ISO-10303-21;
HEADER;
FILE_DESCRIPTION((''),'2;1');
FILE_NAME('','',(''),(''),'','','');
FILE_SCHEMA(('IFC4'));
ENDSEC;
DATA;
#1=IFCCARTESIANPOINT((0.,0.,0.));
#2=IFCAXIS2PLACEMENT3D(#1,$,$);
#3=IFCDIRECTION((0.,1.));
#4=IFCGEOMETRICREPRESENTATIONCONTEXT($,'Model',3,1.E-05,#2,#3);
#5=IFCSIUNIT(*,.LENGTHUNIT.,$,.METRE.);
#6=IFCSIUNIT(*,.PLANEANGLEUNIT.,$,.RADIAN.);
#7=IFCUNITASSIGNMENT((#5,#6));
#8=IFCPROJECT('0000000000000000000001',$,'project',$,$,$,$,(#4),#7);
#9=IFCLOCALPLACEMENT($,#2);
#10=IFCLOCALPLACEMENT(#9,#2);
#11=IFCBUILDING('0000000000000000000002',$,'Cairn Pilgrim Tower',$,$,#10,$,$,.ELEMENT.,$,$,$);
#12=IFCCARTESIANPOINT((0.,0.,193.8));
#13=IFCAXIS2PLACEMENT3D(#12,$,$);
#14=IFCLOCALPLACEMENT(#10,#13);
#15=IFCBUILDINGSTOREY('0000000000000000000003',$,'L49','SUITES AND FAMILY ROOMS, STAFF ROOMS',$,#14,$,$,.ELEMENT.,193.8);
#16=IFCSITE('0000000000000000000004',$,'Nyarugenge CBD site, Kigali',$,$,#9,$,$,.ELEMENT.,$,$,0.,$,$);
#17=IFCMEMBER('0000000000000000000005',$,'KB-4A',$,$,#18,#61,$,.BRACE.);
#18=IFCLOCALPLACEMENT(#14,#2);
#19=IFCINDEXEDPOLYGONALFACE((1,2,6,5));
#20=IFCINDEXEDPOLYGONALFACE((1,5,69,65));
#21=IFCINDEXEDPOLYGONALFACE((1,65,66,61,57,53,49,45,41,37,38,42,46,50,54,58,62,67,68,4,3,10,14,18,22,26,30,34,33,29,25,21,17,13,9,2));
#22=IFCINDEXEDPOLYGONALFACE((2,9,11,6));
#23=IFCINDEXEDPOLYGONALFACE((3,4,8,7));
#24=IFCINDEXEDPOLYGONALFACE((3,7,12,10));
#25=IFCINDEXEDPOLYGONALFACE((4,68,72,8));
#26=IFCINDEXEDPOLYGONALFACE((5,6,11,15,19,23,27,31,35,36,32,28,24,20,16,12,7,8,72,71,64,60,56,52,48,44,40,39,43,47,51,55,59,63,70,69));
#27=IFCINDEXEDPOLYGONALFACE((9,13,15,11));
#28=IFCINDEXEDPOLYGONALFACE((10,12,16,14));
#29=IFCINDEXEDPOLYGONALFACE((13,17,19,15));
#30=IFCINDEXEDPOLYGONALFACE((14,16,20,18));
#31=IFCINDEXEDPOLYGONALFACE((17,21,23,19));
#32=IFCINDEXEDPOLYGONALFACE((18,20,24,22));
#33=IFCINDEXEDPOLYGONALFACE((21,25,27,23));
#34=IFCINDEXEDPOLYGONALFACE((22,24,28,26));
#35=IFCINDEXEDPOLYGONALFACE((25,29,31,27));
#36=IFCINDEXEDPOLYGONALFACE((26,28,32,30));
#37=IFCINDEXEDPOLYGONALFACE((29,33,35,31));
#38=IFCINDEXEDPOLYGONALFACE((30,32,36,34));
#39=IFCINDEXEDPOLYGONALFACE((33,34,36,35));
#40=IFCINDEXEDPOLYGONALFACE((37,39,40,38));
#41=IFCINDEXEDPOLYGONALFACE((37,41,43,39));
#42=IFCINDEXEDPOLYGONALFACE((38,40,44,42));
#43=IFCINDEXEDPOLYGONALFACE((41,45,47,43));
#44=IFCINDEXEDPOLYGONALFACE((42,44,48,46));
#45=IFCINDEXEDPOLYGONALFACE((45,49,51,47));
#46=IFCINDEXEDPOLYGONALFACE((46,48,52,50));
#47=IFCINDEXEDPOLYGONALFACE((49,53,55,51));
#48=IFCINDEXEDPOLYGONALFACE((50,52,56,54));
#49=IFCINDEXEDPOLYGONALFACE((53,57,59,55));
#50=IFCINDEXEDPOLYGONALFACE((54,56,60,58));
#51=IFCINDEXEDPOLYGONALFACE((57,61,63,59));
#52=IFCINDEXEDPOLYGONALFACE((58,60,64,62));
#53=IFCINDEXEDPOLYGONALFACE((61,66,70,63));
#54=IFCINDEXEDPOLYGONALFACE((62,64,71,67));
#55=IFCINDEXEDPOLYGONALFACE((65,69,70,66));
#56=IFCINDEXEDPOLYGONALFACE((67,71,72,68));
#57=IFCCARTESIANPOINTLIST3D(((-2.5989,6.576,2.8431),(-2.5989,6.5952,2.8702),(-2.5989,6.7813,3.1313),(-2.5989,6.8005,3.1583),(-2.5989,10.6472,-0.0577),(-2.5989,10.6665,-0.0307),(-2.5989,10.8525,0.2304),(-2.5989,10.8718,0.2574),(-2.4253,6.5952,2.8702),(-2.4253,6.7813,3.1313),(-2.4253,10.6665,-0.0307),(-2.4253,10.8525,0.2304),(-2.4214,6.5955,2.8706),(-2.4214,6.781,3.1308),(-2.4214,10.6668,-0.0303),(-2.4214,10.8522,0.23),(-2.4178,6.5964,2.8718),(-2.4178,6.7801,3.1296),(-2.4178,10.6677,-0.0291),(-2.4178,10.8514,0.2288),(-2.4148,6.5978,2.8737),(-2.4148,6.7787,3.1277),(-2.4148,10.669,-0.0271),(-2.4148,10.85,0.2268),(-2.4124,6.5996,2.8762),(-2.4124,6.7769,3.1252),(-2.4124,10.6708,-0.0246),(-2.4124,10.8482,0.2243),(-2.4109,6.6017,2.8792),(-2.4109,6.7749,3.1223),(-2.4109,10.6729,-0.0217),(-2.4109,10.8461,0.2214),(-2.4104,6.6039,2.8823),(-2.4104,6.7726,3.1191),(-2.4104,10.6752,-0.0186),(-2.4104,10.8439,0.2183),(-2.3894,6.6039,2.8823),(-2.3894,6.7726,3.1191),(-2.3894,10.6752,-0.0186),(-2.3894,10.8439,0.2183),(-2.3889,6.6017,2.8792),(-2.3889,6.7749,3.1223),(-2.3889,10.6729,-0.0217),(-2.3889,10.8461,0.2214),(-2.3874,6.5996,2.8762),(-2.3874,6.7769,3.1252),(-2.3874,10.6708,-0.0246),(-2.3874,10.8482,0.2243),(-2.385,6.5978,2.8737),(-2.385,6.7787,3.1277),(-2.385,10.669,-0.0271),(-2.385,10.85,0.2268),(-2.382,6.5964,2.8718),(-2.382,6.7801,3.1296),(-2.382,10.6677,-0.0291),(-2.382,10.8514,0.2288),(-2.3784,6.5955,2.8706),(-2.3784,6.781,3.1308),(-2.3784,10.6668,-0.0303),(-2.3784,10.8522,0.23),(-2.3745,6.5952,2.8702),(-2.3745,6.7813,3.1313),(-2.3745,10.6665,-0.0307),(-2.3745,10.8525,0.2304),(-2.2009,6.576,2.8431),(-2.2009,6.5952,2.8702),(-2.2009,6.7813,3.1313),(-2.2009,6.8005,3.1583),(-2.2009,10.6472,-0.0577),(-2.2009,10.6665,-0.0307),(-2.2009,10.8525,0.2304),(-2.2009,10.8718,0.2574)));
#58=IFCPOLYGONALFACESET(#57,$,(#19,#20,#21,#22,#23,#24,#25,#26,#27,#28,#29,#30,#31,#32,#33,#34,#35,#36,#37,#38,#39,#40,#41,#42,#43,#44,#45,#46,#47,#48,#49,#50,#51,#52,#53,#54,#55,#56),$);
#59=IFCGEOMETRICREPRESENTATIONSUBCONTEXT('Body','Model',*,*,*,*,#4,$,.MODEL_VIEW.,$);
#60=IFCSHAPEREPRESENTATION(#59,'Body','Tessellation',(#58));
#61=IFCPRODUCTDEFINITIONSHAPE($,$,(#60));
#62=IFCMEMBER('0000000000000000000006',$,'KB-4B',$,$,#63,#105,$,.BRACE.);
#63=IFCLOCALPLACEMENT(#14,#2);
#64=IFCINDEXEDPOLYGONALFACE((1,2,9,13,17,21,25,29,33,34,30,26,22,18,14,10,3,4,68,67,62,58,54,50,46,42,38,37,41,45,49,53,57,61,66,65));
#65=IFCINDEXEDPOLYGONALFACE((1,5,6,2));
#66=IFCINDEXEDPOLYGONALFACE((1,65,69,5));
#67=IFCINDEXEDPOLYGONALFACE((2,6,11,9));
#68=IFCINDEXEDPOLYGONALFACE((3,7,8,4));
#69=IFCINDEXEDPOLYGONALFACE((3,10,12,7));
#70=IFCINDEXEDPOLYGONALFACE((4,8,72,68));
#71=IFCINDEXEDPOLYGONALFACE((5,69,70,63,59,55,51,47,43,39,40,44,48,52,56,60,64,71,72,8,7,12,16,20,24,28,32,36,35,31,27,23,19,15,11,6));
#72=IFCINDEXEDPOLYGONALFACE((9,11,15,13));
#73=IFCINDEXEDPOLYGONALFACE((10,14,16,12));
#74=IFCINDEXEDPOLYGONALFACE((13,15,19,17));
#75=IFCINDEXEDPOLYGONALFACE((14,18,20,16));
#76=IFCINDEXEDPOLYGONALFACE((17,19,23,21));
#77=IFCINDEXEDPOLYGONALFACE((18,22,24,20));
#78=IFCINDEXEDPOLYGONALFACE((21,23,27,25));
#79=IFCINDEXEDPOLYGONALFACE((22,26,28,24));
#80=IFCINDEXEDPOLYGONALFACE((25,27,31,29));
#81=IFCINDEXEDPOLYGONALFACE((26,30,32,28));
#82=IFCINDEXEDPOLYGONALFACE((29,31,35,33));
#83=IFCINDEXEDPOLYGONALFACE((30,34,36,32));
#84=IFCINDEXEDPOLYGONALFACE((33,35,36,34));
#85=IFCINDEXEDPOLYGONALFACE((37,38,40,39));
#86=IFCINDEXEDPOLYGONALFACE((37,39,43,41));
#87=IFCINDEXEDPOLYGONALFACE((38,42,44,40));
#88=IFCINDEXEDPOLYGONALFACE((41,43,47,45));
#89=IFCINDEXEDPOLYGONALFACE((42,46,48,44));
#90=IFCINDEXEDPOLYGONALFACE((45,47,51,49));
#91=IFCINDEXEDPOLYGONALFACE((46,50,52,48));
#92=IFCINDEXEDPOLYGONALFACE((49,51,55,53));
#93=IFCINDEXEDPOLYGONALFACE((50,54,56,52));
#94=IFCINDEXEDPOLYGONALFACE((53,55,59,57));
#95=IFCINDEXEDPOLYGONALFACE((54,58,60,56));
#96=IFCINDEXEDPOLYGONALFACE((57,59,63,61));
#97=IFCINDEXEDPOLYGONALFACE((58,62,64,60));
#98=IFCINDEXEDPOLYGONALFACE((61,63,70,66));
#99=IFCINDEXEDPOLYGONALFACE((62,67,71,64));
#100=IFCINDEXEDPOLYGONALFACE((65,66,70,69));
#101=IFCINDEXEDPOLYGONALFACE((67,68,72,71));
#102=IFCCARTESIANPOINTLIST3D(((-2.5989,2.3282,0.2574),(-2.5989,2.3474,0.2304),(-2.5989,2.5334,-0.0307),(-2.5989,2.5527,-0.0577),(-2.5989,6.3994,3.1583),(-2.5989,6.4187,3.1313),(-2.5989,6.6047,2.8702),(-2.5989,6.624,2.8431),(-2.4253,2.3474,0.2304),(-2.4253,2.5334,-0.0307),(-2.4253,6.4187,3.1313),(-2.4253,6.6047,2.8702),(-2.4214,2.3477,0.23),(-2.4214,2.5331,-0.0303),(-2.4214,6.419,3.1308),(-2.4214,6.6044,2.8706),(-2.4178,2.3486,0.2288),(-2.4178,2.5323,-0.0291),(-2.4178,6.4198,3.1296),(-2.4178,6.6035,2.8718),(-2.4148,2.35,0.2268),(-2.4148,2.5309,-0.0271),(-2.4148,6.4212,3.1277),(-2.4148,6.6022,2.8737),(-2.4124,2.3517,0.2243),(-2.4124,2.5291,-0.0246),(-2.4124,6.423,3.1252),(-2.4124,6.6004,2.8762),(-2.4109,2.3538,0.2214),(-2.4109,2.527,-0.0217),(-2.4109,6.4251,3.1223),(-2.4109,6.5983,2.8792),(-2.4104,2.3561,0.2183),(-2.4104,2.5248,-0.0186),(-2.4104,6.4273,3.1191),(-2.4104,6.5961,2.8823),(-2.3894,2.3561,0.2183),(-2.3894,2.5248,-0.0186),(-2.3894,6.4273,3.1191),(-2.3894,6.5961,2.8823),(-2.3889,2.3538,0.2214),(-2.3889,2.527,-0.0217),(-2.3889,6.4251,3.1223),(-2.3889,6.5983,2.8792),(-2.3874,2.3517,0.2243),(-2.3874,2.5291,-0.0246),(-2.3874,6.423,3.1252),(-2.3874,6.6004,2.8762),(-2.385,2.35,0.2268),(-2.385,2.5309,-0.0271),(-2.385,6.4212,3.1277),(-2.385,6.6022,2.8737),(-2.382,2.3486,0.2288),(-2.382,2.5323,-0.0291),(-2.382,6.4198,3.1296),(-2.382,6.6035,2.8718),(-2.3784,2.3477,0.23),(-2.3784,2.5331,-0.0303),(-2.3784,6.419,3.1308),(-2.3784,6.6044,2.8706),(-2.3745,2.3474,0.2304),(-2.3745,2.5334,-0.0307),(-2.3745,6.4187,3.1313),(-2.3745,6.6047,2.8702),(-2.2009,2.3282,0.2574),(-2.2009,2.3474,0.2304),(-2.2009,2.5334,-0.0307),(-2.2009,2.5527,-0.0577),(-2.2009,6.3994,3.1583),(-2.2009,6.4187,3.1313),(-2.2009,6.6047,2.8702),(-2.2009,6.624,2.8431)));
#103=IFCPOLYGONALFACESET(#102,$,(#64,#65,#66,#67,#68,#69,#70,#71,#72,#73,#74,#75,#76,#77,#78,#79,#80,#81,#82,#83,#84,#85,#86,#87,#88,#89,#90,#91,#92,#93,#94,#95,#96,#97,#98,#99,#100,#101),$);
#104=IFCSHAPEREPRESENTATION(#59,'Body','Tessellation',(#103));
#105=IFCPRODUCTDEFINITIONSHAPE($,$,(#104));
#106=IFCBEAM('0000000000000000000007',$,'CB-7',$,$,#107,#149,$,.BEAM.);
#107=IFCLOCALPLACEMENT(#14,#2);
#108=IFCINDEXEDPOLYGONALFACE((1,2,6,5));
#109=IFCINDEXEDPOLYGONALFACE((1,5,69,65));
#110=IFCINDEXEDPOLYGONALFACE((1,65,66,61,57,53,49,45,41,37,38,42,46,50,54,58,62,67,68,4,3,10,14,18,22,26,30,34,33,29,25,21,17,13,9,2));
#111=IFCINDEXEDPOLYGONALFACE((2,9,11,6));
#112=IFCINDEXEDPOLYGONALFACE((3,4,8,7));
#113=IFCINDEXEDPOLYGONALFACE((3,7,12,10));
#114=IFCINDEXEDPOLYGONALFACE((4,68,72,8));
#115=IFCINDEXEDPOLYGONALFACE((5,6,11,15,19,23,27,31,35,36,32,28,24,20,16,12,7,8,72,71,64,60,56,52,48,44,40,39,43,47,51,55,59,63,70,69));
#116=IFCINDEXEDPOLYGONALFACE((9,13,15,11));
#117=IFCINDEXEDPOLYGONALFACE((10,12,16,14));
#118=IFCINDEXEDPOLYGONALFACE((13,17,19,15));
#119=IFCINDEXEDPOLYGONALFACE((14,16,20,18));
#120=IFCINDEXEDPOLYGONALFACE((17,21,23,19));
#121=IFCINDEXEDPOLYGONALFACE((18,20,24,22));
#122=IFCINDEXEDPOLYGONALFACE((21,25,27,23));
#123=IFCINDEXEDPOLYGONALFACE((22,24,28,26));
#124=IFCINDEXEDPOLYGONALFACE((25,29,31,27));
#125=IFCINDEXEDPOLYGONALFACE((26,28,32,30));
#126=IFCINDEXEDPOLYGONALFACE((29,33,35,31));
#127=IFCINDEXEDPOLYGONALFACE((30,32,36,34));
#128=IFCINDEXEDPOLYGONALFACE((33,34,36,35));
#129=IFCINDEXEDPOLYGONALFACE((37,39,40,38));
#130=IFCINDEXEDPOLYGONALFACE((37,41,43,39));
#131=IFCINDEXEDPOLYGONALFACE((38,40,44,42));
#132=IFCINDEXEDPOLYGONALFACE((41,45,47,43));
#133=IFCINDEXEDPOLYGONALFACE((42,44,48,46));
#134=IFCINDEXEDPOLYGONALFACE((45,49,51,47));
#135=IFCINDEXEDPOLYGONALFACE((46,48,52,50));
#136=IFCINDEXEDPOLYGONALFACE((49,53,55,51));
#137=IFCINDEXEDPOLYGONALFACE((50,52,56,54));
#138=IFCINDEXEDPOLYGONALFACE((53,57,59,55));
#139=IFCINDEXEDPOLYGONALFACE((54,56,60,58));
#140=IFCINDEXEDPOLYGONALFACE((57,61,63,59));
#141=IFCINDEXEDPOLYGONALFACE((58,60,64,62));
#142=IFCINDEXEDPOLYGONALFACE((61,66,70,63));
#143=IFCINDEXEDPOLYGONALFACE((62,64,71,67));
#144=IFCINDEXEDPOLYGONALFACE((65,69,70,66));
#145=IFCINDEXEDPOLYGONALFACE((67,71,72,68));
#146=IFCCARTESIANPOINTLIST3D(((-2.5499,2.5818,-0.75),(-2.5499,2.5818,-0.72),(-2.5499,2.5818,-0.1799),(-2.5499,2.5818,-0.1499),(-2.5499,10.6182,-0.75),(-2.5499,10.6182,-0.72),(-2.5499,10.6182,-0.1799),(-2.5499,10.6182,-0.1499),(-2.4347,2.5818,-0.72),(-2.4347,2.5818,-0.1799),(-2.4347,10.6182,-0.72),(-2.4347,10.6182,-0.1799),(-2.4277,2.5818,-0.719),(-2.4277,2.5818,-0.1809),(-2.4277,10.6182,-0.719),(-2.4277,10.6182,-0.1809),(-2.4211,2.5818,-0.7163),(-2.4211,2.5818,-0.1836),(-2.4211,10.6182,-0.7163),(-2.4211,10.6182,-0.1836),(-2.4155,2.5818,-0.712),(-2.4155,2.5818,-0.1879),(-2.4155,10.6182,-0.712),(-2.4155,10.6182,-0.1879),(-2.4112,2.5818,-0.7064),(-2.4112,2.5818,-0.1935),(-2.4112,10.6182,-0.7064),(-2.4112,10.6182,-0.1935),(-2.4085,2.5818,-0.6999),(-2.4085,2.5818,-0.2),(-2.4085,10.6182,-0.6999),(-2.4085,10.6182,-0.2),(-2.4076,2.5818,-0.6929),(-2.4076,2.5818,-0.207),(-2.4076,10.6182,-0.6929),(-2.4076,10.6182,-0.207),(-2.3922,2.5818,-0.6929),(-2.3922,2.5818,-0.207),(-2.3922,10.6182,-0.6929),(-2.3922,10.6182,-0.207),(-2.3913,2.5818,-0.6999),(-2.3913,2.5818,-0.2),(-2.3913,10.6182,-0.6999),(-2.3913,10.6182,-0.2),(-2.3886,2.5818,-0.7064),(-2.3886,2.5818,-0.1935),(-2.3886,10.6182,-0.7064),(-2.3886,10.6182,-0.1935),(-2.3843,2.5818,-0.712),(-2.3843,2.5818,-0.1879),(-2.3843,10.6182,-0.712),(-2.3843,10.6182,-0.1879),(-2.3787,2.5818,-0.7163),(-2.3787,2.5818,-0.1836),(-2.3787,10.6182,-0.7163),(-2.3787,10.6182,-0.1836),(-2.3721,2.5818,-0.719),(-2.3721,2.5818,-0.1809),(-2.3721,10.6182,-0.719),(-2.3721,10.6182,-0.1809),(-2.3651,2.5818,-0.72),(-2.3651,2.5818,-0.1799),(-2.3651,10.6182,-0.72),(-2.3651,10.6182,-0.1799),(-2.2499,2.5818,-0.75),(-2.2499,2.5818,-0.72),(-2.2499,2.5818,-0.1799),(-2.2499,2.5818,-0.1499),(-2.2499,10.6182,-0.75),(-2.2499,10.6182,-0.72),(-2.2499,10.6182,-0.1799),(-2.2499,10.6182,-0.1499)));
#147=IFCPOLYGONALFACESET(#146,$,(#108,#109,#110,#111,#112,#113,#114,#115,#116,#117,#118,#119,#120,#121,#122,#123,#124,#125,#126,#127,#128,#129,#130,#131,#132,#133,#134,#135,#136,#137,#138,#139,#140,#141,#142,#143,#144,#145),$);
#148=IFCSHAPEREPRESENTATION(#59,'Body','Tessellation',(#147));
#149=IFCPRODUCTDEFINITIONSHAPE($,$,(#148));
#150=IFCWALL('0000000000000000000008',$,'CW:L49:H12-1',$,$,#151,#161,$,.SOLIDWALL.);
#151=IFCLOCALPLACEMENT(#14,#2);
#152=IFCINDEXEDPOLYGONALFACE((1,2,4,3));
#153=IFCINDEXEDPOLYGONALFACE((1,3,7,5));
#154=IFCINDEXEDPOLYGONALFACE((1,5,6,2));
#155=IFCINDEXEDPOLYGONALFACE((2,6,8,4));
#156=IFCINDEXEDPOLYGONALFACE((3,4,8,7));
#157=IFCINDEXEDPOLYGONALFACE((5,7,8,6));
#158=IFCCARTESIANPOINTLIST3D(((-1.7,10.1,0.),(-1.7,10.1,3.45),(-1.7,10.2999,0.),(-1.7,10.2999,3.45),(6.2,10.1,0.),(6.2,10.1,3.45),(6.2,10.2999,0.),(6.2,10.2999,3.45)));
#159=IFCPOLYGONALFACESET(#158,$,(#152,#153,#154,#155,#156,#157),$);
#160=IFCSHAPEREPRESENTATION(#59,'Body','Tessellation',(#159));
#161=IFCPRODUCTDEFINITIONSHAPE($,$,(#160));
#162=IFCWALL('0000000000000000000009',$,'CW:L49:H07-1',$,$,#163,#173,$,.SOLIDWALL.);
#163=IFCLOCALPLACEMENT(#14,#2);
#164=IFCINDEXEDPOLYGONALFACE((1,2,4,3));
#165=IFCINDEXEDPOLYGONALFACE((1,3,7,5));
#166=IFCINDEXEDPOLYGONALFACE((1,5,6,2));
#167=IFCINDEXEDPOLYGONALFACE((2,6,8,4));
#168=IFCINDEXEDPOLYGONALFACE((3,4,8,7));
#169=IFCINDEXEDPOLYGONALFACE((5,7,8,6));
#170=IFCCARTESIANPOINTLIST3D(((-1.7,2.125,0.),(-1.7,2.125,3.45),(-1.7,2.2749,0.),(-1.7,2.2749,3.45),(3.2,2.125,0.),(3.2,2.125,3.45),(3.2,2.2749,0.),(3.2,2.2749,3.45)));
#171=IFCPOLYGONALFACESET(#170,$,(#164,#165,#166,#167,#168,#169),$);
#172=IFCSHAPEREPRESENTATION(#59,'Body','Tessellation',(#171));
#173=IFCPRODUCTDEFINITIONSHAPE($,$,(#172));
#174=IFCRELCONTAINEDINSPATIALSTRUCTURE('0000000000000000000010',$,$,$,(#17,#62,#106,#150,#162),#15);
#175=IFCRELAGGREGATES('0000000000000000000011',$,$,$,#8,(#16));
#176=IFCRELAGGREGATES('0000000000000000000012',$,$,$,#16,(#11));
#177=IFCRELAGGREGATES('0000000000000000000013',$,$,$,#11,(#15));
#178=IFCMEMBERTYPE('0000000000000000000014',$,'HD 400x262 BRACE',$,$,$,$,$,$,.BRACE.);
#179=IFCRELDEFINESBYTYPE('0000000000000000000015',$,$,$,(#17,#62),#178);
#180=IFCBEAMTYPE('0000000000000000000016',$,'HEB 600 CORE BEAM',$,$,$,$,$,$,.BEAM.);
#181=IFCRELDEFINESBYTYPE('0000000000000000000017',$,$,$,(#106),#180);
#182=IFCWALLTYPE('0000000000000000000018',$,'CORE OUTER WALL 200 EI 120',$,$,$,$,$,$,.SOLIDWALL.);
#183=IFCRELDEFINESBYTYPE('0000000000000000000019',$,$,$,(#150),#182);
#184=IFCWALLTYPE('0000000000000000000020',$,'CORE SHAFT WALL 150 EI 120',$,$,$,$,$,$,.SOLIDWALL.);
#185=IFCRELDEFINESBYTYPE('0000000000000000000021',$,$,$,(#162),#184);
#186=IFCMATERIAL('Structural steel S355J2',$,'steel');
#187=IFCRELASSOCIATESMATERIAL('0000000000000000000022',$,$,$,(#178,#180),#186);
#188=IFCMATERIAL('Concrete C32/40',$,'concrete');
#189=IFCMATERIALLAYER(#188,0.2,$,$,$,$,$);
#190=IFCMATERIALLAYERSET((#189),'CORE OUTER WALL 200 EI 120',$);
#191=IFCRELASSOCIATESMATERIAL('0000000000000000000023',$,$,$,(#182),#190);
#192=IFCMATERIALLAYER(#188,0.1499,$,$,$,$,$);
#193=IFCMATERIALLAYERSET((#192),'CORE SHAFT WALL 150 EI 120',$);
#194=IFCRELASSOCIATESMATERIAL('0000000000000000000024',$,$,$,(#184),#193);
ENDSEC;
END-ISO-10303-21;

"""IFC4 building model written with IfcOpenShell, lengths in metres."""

from ifc_helpers import new_model, si_unit, direction, frame, frame_2d, origin, origin_2d, place, context, subcontext, project, spatial, rectangle, i_section, extrude, material, layer, layer_set, material_profile, profile_set, type_object, element, save


model = new_model("IFC4")

# Units and contexts
model_context = context("Model", 3, precision=1e-05, world=origin(), true_north=direction((0.0, 1.0)))
body_context = subcontext(model_context, "Body", "Model", "MODEL_VIEW")
ifc_project = project(units=[si_unit("LENGTHUNIT", "METRE"), si_unit("PLANEANGLEUNIT", "RADIAN")], contexts=[model_context])

# Site, building, storey
site_placement = place(None, origin())
site = spatial("IfcSite", under=ifc_project, at=site_placement, Name="Nyarugenge CBD site, Kigali", CompositionType="ELEMENT", RefElevation=0.0)
building_placement = place(site_placement, origin())
building = spatial("IfcBuilding", under=site, at=building_placement, Name="Cairn Pilgrim Tower", CompositionType="ELEMENT")
storey_placement = place(building_placement, frame((0.0, 0.0, 193.8)))
storey = spatial("IfcBuildingStorey", under=building, at=storey_placement, Name="L49", Description="SUITES AND FAMILY ROOMS, STAFF ROOMS", CompositionType="ELEMENT", Elevation=193.8)

# Members
ifc_material_1 = material(Name="Structural steel S355J2", Category="steel")
ifc_material_profile_1 = material_profile(ifc_material_1, i_section(OverallWidth=0.3979, OverallDepth=0.387, WebThickness=0.021, FlangeThickness=0.0332, FilletRadius=0.0149, at=origin_2d()), Name="HD 400x262")
ifc_profile_set_1 = profile_set([ifc_material_profile_1], Name="Structural steel S355J2")
member_type = type_object("IfcMemberType", Name="HD 400x262 BRACE", PredefinedType="BRACE", material=ifc_profile_set_1)
for number, where, z_axis, x_axis, name in (
    (1, (-2.3999, 10.7595, 0.0999), (0.0, -0.814413, 0.580286), (1.0, 0.0, 0.0), "KB-4A"),
    (2, (-2.3999, 2.4404, 0.0999), (0.0, 0.814413, 0.580286), (-1.0, 0.0, 0.0), "KB-4B"),
):
    element("IfcMember", number, at=place(storey_placement, frame(where, z_axis=z_axis, x_axis=x_axis)), inside=storey, type_object=member_type, Name=name, PredefinedType="BRACE", context=body_context, shape_type="SweptSolid", body=[
        extrude(i_section(OverallWidth=0.3979, OverallDepth=0.387, WebThickness=0.021, FlangeThickness=0.0332, FilletRadius=0.0149, at=origin_2d()), origin(), (0.0, 0.0, 1.0), 4.999),
    ])

# Beam
ifc_material_profile_2 = material_profile(ifc_material_1, i_section(OverallWidth=0.3, OverallDepth=0.6001, WebThickness=0.0154, FlangeThickness=0.03, FilletRadius=0.0271, at=origin_2d()), Name="HEB 600")
ifc_profile_set_2 = profile_set([ifc_material_profile_2], Name="Structural steel S355J2")
beam_type = type_object("IfcBeamType", Name="HEB 600 CORE BEAM", PredefinedType="BEAM", material=ifc_profile_set_2)
beam_placement = place(storey_placement, frame((-2.3999, 10.6182, -0.45), z_axis=(0.0, -1.0, 0.0), x_axis=(1.0, 0.0, 0.0)))
element("IfcBeam", 3, at=beam_placement, inside=storey, type_object=beam_type, Name="CB-7", PredefinedType="BEAM", context=body_context, shape_type="SweptSolid", body=[
    extrude(i_section(OverallWidth=0.3, OverallDepth=0.6001, WebThickness=0.0154, FlangeThickness=0.03, FilletRadius=0.0271, at=origin_2d()), origin(), (0.0, 0.0, 1.0), 8.0364),
])

# Walls
ifc_material_2 = material(Name="Concrete C32/40", Category="concrete")
ifc_layer_1 = layer(ifc_material_2, 0.2)
ifc_layer_set_1 = layer_set([ifc_layer_1], Name="CORE OUTER WALL 200 EI 120")
wall_type_1 = type_object("IfcWallType", Name="CORE OUTER WALL 200 EI 120", PredefinedType="SOLIDWALL", material=ifc_layer_set_1)
wall_1_placement = place(storey_placement, frame((-1.7, 10.2, 0.0), z_axis=(0.0, 0.0, 1.0), x_axis=(1.0, 0.0, 0.0)))
element("IfcWall", 4, at=wall_1_placement, inside=storey, type_object=wall_type_1, Name="CW:L49:H12-1", PredefinedType="SOLIDWALL", context=body_context, shape_type="SweptSolid", body=[
    extrude(rectangle(XDim=7.8999, YDim=0.2, at=frame_2d((3.95, 0.0))), origin(), (0.0, 0.0, 1.0), 3.45),
])
ifc_layer_2 = layer(ifc_material_2, 0.1499)
ifc_layer_set_2 = layer_set([ifc_layer_2], Name="CORE SHAFT WALL 150 EI 120")
wall_type_2 = type_object("IfcWallType", Name="CORE SHAFT WALL 150 EI 120", PredefinedType="SOLIDWALL", material=ifc_layer_set_2)
wall_2_placement = place(storey_placement, frame((-1.7, 2.2, 0.0), z_axis=(0.0, 0.0, 1.0), x_axis=(1.0, 0.0, 0.0)))
element("IfcWall", 5, at=wall_2_placement, inside=storey, type_object=wall_type_2, Name="CW:L49:H07-1", PredefinedType="SOLIDWALL", context=body_context, shape_type="SweptSolid", body=[
    extrude(rectangle(XDim=4.8999, YDim=0.1499, at=frame_2d((2.45, 0.0))), origin(), (0.0, 0.0, 1.0), 3.45),
])

save(model, "model.ifc")
